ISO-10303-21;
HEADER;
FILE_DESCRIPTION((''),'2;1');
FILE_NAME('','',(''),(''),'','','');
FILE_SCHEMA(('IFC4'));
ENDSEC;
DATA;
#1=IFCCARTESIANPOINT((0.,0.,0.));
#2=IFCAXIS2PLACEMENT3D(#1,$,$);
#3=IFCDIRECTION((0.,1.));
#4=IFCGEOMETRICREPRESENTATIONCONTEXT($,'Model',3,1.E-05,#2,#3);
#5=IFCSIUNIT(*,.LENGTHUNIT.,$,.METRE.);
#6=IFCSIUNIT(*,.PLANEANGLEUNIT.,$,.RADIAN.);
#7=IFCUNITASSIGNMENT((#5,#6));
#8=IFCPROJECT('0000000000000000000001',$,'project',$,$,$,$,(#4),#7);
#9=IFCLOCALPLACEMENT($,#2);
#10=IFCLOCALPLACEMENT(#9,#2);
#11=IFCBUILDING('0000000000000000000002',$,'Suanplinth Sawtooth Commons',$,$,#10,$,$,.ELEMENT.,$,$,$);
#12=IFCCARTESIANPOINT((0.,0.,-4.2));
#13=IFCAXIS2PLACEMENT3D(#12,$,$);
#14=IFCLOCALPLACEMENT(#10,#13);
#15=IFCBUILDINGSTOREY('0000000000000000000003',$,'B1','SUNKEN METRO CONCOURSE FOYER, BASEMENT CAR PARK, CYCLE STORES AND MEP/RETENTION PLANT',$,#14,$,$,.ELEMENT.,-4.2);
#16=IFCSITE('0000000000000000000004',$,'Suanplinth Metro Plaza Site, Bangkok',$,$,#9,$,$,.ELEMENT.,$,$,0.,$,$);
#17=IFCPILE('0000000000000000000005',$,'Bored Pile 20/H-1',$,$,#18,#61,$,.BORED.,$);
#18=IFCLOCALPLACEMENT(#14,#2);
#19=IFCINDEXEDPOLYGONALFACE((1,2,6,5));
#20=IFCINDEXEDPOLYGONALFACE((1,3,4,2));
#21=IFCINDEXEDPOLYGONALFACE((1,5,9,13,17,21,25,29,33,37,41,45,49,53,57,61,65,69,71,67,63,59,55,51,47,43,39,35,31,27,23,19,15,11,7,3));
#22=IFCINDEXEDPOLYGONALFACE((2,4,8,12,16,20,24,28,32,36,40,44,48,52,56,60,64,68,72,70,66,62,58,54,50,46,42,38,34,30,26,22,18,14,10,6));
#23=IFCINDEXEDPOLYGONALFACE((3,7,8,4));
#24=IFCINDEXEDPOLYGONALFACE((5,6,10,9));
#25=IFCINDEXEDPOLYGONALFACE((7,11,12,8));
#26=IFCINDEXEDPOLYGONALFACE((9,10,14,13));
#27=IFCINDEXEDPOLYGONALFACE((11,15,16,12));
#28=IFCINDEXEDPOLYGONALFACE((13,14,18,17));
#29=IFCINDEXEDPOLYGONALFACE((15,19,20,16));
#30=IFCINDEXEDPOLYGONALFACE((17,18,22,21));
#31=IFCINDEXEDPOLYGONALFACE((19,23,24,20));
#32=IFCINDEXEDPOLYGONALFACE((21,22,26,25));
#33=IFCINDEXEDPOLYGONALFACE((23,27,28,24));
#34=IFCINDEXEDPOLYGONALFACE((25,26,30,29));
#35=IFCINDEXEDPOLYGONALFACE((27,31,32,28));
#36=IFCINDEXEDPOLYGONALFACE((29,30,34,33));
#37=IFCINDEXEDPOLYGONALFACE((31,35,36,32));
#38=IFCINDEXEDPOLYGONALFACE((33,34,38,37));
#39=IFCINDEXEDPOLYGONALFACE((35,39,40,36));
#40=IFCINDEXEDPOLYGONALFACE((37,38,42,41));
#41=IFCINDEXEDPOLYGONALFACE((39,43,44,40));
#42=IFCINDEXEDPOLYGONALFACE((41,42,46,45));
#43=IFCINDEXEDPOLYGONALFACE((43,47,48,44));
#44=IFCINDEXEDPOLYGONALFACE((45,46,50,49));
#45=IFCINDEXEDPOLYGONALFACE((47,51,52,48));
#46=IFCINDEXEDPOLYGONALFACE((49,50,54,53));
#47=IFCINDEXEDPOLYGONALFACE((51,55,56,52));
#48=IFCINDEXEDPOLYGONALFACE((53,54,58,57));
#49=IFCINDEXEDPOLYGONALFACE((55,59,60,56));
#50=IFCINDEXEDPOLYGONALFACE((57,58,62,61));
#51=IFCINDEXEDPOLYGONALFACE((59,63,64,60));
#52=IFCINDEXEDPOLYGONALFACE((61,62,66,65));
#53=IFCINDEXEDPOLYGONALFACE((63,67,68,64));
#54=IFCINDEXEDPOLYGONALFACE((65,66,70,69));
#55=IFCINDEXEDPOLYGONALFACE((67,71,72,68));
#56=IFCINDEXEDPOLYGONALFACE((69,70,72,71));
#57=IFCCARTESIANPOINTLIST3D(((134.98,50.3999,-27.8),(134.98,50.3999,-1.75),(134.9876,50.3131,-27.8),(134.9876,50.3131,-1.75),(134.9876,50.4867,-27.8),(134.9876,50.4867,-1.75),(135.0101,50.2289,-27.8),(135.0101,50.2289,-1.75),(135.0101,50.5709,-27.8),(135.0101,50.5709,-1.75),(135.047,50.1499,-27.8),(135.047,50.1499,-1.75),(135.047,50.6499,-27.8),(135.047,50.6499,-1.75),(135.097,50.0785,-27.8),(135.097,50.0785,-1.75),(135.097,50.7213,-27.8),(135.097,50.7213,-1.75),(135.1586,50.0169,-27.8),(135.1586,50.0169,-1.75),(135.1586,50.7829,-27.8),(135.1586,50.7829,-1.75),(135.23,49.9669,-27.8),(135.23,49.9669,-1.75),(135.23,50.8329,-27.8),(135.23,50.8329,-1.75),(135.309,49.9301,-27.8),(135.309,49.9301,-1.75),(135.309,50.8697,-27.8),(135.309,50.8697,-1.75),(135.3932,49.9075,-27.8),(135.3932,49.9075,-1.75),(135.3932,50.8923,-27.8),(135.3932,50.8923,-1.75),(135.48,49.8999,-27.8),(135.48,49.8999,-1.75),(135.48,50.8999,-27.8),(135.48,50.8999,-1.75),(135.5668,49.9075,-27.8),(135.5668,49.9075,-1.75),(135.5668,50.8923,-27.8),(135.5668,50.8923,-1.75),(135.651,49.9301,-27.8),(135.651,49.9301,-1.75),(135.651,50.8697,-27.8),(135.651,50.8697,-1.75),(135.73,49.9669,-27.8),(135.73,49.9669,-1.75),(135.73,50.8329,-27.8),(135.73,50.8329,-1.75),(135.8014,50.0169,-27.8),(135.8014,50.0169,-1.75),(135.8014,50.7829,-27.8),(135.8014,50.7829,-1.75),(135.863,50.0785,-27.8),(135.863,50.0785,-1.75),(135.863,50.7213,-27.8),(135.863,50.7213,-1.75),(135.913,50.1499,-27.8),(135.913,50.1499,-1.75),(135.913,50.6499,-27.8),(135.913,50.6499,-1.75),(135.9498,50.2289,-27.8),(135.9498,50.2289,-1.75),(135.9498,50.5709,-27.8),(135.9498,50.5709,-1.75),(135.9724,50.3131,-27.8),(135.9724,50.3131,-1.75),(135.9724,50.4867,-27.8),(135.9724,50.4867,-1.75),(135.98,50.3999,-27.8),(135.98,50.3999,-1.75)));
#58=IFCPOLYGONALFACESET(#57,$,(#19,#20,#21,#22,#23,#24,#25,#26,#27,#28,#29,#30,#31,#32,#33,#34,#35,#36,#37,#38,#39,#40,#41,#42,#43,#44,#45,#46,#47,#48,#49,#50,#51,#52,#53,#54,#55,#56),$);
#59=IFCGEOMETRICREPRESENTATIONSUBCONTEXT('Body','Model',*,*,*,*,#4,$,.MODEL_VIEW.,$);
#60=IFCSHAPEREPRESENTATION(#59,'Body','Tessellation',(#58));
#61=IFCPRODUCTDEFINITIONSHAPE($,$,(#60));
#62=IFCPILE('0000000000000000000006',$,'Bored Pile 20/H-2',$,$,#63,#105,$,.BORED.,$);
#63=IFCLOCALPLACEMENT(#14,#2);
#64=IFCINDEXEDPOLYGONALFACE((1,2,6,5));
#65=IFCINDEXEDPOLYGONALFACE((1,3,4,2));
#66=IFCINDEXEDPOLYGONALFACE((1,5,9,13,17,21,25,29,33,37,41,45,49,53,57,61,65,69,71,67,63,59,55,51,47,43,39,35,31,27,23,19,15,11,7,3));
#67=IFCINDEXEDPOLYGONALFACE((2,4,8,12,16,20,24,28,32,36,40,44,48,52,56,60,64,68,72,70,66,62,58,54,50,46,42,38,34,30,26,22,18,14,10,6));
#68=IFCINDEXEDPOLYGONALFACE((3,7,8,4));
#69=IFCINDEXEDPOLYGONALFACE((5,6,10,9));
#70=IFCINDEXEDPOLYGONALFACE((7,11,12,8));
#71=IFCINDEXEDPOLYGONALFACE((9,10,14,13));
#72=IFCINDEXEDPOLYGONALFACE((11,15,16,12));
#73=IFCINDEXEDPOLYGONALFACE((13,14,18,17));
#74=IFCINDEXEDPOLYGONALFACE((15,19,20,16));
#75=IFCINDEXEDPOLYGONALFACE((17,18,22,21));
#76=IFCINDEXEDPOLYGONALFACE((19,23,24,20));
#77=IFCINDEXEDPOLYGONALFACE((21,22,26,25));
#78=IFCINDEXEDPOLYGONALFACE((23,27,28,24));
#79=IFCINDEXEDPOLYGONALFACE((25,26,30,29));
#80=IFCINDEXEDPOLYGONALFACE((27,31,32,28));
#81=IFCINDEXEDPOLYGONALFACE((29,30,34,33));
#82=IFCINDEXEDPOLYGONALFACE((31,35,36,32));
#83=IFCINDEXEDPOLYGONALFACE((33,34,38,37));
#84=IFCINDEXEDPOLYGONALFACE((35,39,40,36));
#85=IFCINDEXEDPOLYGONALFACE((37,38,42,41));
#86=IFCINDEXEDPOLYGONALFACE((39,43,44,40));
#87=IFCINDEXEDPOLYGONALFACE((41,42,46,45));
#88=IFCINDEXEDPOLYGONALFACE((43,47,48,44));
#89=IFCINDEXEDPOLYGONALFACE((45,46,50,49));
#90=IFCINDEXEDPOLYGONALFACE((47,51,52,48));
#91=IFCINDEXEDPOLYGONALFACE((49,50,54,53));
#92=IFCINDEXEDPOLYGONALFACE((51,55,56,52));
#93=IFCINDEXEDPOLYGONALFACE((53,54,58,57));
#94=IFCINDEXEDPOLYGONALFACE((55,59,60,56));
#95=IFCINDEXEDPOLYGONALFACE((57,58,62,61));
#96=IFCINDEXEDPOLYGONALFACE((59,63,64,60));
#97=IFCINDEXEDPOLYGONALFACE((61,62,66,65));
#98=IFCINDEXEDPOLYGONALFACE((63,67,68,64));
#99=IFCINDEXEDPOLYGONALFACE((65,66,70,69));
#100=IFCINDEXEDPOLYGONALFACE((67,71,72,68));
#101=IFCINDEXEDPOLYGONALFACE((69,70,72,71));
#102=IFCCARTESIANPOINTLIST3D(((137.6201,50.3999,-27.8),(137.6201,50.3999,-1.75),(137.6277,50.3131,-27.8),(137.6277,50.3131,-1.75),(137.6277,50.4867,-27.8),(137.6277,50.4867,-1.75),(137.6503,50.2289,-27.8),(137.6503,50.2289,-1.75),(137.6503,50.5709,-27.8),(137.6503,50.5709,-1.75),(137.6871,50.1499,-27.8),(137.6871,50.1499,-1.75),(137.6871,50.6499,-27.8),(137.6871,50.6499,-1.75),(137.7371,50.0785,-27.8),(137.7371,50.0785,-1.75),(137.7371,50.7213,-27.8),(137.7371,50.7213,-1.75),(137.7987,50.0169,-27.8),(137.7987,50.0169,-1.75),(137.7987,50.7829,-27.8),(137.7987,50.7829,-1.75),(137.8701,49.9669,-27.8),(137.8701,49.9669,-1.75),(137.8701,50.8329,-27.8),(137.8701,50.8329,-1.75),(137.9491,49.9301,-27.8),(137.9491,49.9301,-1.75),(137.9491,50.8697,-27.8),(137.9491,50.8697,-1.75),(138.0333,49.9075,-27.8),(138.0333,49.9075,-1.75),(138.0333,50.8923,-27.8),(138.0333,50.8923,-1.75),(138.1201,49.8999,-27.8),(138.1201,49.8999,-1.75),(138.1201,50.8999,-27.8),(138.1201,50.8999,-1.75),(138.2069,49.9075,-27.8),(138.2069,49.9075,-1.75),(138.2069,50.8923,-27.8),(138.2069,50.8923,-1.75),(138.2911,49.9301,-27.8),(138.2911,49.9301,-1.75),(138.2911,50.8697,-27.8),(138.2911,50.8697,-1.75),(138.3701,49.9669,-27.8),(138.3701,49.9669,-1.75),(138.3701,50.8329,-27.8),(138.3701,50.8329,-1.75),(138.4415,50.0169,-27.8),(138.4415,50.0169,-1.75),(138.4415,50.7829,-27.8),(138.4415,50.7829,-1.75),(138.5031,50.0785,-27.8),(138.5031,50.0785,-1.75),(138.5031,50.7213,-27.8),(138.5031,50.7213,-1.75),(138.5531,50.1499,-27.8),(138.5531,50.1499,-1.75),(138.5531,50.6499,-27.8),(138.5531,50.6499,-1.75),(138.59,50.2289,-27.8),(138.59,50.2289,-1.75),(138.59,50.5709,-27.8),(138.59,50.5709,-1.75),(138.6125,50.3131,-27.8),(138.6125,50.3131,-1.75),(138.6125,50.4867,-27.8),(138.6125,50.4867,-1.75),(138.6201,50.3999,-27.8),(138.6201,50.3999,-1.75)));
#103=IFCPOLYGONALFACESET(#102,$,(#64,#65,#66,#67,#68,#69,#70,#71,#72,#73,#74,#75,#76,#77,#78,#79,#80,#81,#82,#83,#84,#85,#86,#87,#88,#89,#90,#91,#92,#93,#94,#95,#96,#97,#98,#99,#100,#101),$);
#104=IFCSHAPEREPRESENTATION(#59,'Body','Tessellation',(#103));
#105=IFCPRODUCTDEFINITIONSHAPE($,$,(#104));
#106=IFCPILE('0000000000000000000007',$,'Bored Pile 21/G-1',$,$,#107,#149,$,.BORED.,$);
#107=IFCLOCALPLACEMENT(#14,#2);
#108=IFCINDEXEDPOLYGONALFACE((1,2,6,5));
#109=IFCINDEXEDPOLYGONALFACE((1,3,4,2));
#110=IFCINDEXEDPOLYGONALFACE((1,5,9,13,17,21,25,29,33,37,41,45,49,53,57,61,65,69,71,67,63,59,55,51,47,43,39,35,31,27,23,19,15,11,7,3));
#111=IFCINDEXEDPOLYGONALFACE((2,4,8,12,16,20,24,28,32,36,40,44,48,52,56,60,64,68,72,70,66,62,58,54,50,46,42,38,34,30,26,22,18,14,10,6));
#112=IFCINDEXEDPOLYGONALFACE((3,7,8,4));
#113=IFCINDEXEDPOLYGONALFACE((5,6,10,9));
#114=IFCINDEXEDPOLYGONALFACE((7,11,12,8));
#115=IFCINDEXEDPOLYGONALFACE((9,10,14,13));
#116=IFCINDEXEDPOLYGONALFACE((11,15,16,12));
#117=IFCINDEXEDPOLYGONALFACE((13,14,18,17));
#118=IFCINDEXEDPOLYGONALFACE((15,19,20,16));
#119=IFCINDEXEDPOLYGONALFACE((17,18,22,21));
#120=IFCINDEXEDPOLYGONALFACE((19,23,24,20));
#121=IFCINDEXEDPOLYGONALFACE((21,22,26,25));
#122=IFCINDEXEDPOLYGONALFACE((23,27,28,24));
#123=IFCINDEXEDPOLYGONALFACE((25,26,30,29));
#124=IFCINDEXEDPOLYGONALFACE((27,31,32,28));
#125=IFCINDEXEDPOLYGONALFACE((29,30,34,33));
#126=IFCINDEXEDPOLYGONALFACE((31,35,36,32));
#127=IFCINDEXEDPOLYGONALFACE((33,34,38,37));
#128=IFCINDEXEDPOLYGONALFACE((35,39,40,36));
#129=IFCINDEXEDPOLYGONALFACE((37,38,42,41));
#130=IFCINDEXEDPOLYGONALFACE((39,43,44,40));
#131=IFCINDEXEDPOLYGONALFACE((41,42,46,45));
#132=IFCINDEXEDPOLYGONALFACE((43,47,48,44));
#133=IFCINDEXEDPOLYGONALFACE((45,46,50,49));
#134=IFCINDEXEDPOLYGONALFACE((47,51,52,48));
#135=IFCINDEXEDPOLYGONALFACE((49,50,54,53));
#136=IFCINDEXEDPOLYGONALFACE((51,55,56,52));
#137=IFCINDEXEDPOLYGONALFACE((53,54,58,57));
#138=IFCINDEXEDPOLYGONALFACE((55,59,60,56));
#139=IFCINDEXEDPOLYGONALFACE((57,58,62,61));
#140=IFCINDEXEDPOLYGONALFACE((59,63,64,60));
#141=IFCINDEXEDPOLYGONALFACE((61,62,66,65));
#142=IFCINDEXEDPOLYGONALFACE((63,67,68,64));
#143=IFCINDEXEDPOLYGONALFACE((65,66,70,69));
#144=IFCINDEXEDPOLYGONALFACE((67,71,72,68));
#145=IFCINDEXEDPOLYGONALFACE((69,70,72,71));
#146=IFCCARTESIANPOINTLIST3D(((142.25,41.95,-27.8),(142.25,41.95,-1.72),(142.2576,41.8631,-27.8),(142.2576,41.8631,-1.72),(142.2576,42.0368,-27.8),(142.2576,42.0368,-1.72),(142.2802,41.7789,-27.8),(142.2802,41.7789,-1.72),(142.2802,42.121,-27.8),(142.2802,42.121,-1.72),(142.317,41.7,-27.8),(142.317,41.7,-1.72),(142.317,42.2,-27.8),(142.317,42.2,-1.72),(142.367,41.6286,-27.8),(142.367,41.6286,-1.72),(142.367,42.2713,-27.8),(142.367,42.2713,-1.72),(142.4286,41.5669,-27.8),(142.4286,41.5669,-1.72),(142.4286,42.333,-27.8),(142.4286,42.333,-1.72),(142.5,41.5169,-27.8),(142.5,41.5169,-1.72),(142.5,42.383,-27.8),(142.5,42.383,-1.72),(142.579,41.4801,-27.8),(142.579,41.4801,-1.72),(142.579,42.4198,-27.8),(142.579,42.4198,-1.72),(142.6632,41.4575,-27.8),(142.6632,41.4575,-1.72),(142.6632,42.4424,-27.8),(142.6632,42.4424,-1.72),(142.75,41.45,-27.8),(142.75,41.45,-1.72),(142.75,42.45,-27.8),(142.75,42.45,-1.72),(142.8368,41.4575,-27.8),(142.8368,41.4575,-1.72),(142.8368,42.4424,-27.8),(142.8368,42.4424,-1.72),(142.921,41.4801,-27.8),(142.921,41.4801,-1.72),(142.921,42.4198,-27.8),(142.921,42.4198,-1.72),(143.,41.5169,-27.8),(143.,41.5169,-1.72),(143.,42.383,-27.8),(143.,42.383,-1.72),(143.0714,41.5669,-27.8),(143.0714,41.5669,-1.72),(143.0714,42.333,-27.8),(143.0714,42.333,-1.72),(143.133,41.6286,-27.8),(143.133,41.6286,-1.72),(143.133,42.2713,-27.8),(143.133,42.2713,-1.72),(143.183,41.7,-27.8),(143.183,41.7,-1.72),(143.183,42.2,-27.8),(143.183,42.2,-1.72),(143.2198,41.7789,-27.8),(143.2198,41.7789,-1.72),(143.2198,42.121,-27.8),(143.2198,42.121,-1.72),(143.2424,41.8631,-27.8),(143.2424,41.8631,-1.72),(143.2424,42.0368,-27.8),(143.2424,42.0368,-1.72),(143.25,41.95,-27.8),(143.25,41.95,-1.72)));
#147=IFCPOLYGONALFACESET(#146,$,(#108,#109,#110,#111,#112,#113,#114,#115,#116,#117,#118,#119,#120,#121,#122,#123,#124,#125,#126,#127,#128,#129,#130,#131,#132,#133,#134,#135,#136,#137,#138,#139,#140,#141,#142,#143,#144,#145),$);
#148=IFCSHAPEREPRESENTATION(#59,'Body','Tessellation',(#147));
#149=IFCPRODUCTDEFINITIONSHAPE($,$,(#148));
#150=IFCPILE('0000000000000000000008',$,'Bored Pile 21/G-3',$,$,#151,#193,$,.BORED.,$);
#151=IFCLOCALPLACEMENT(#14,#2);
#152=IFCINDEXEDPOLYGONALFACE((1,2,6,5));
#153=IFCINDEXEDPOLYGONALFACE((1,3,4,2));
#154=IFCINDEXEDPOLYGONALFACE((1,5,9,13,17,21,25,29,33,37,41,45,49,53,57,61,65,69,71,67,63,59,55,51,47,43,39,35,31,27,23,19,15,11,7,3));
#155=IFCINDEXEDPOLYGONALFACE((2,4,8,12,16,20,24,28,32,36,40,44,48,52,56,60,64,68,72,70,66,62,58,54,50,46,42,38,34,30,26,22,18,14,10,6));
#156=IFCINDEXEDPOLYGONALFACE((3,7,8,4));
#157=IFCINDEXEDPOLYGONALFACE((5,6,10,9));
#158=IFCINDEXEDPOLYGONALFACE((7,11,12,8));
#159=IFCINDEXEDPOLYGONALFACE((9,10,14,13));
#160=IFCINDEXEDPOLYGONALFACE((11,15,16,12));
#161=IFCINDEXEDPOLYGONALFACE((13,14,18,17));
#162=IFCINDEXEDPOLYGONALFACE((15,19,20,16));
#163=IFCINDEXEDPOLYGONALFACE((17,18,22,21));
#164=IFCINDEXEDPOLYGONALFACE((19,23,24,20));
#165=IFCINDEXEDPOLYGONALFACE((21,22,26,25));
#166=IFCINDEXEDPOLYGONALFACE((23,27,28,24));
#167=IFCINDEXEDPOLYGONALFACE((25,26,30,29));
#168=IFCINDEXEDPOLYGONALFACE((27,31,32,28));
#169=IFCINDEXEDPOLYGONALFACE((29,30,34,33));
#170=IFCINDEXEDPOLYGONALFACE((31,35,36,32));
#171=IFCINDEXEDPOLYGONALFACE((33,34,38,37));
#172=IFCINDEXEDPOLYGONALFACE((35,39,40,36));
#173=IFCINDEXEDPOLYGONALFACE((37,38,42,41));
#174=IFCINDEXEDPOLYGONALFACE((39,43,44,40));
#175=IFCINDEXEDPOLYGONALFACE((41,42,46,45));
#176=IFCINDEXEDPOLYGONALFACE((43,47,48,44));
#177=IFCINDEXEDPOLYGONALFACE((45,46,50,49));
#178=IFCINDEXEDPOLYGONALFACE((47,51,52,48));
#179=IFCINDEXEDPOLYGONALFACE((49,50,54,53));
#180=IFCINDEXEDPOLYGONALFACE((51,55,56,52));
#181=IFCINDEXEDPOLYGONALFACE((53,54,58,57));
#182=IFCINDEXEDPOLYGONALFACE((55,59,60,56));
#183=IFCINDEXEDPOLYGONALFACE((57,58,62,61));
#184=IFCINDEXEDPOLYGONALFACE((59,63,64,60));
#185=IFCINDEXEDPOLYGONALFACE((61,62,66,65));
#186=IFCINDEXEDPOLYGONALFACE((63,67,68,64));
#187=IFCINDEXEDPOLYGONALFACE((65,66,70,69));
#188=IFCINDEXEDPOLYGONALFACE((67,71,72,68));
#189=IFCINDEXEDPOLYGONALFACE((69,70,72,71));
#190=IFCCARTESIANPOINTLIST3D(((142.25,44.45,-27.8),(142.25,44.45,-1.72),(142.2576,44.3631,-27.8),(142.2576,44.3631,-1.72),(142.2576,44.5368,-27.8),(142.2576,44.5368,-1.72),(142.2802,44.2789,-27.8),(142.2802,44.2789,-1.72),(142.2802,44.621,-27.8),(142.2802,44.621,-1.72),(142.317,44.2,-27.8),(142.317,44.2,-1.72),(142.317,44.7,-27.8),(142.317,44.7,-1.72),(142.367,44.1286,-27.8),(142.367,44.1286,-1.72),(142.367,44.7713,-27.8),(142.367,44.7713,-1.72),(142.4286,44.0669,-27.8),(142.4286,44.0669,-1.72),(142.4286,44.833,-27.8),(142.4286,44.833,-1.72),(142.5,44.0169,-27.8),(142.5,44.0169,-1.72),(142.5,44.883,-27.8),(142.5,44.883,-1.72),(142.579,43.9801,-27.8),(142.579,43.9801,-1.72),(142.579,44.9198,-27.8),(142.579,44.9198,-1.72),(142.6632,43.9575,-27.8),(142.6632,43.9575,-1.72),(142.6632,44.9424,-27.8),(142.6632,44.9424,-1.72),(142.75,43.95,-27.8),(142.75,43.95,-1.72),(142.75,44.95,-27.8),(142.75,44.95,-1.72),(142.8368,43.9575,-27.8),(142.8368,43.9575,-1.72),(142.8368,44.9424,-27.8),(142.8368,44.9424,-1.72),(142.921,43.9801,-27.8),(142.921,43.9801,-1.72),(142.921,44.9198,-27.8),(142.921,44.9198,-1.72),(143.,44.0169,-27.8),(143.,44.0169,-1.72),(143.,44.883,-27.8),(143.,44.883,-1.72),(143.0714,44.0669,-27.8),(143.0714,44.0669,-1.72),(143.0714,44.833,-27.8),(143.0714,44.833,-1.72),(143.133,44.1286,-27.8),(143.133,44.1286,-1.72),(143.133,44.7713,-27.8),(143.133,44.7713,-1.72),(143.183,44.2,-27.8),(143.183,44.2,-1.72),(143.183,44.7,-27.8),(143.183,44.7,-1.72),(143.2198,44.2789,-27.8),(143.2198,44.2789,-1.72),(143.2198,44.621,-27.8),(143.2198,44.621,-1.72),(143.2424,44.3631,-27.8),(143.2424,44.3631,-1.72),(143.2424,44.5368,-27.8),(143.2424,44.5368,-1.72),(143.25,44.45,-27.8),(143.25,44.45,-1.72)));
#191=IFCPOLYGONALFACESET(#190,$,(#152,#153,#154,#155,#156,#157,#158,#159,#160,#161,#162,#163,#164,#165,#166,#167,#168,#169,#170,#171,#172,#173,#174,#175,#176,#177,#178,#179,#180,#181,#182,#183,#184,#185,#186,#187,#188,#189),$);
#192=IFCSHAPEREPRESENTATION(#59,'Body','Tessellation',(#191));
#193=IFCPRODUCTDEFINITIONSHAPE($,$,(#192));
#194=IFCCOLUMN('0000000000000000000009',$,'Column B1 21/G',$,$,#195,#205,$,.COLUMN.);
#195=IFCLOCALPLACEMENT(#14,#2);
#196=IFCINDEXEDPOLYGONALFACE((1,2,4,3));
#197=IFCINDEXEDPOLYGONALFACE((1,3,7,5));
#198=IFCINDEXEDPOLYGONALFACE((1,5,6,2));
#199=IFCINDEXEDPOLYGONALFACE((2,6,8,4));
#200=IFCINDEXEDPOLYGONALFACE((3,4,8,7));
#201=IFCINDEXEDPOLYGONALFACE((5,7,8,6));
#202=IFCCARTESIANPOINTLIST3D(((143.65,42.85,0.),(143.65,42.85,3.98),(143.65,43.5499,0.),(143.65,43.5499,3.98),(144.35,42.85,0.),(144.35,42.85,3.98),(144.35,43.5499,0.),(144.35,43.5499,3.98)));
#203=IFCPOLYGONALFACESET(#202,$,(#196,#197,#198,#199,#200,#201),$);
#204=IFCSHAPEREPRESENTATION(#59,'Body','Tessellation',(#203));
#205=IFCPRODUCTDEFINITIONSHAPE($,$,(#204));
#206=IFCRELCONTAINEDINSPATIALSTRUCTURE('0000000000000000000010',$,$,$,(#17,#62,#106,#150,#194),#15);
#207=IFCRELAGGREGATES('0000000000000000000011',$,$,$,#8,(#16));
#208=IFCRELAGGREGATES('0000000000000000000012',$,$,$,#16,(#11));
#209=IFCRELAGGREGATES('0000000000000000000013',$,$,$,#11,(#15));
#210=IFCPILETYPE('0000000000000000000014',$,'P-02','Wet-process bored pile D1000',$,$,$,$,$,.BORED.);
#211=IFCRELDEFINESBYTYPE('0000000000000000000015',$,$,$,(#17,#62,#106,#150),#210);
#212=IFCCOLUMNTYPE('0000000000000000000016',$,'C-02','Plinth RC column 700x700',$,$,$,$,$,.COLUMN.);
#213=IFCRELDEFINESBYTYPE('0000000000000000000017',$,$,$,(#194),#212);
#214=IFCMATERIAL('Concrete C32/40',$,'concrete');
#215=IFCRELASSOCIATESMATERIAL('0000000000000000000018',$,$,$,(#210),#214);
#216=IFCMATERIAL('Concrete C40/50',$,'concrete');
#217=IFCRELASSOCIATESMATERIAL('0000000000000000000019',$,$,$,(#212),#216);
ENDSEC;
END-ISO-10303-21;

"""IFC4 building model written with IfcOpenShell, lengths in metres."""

from ifc_helpers import new_model, si_unit, direction, frame, origin, origin_2d, place, context, subcontext, project, spatial, rectangle, circle, extrude, material, material_profile, profile_set, type_object, element, save


model = new_model("IFC4")

# Units and contexts
model_context = context("Model", 3, precision=1e-05, world=origin(), true_north=direction((0.0, 1.0)))
body_context = subcontext(model_context, "Body", "Model", "MODEL_VIEW")
ifc_project = project(units=[si_unit("LENGTHUNIT", "METRE"), si_unit("PLANEANGLEUNIT", "RADIAN")], contexts=[model_context])

# Site, building, storey
site_placement = place(None, origin())
site = spatial("IfcSite", under=ifc_project, at=site_placement, Name="Suanplinth Metro Plaza Site, Bangkok", CompositionType="ELEMENT", RefElevation=0.0)
building_placement = place(site_placement, origin())
building = spatial("IfcBuilding", under=site, at=building_placement, Name="Suanplinth Sawtooth Commons", CompositionType="ELEMENT")
storey_placement = place(building_placement, frame((0.0, 0.0, -4.2)))
storey = spatial("IfcBuildingStorey", under=building, at=storey_placement, Name="B1", Description="SUNKEN METRO CONCOURSE FOYER, BASEMENT CAR PARK, CYCLE STORES AND MEP/RETENTION PLANT", CompositionType="ELEMENT", Elevation=-4.2)

# Piles
ifc_material_1 = material(Name="Concrete C32/40", Category="concrete")
ifc_material_profile_1 = material_profile(ifc_material_1, circle(Radius=0.5, at=origin_2d()), Name="PILE D1000")
ifc_profile_set_1 = profile_set([ifc_material_profile_1], Name="Concrete C32/40")
pile_type_1 = type_object("IfcPileType", Name="P-02", Description="Wet-process bored pile D1000", PredefinedType="BORED", material=ifc_profile_set_1)
for number, where, z_axis, x_axis, name in (
    (1, (135.48, 50.3999, -1.75), (0.0, 0.0, -1.0), (1.0, 0.0, 0.0), "Bored Pile 20/H-1"),
    (2, (138.1201, 50.3999, -1.75), (0.0, 0.0, -1.0), (1.0, 0.0, 0.0), "Bored Pile 20/H-2"),
):
    element("IfcPile", number, at=place(storey_placement, frame(where, z_axis=z_axis, x_axis=x_axis)), inside=storey, type_object=pile_type_1, Name=name, PredefinedType="BORED", context=body_context, shape_type="SweptSolid", body=[
        extrude(circle(Radius=0.5, at=origin_2d()), origin(), (0.0, 0.0, 1.0), 26.05),
    ])
for number, where, z_axis, x_axis, name in (
    (3, (142.75, 41.95, -1.72), (0.0, 0.0, -1.0), (1.0, 0.0, 0.0), "Bored Pile 21/G-1"),
    (4, (142.75, 44.45, -1.72), (0.0, 0.0, -1.0), (1.0, 0.0, 0.0), "Bored Pile 21/G-3"),
):
    element("IfcPile", number, at=place(storey_placement, frame(where, z_axis=z_axis, x_axis=x_axis)), inside=storey, type_object=pile_type_1, Name=name, PredefinedType="BORED", context=body_context, shape_type="SweptSolid", body=[
        extrude(circle(Radius=0.5, at=origin_2d()), origin(), (0.0, 0.0, 1.0), 26.0801),
    ])

# Column
ifc_material_2 = material(Name="Concrete C40/50", Category="concrete")
ifc_material_profile_2 = material_profile(ifc_material_2, rectangle(XDim=0.7, YDim=0.7, at=origin_2d()), Name="RC-COL 700x700")
ifc_profile_set_2 = profile_set([ifc_material_profile_2], Name="Concrete C40/50")
column_type_1 = type_object("IfcColumnType", Name="C-02", Description="Plinth RC column 700x700", PredefinedType="COLUMN", material=ifc_profile_set_2)
column_1_placement = place(storey_placement, frame((144.0, 43.2, 0.0), z_axis=(0.0, 0.0, 1.0), x_axis=(1.0, 0.0, 0.0)))
element("IfcColumn", 5, at=column_1_placement, inside=storey, type_object=column_type_1, Name="Column B1 21/G", PredefinedType="COLUMN", context=body_context, shape_type="SweptSolid", body=[
    extrude(rectangle(XDim=0.7, YDim=0.7, at=origin_2d()), origin(), (0.0, 0.0, 1.0), 3.98),
])

save(model, "model.ifc")
